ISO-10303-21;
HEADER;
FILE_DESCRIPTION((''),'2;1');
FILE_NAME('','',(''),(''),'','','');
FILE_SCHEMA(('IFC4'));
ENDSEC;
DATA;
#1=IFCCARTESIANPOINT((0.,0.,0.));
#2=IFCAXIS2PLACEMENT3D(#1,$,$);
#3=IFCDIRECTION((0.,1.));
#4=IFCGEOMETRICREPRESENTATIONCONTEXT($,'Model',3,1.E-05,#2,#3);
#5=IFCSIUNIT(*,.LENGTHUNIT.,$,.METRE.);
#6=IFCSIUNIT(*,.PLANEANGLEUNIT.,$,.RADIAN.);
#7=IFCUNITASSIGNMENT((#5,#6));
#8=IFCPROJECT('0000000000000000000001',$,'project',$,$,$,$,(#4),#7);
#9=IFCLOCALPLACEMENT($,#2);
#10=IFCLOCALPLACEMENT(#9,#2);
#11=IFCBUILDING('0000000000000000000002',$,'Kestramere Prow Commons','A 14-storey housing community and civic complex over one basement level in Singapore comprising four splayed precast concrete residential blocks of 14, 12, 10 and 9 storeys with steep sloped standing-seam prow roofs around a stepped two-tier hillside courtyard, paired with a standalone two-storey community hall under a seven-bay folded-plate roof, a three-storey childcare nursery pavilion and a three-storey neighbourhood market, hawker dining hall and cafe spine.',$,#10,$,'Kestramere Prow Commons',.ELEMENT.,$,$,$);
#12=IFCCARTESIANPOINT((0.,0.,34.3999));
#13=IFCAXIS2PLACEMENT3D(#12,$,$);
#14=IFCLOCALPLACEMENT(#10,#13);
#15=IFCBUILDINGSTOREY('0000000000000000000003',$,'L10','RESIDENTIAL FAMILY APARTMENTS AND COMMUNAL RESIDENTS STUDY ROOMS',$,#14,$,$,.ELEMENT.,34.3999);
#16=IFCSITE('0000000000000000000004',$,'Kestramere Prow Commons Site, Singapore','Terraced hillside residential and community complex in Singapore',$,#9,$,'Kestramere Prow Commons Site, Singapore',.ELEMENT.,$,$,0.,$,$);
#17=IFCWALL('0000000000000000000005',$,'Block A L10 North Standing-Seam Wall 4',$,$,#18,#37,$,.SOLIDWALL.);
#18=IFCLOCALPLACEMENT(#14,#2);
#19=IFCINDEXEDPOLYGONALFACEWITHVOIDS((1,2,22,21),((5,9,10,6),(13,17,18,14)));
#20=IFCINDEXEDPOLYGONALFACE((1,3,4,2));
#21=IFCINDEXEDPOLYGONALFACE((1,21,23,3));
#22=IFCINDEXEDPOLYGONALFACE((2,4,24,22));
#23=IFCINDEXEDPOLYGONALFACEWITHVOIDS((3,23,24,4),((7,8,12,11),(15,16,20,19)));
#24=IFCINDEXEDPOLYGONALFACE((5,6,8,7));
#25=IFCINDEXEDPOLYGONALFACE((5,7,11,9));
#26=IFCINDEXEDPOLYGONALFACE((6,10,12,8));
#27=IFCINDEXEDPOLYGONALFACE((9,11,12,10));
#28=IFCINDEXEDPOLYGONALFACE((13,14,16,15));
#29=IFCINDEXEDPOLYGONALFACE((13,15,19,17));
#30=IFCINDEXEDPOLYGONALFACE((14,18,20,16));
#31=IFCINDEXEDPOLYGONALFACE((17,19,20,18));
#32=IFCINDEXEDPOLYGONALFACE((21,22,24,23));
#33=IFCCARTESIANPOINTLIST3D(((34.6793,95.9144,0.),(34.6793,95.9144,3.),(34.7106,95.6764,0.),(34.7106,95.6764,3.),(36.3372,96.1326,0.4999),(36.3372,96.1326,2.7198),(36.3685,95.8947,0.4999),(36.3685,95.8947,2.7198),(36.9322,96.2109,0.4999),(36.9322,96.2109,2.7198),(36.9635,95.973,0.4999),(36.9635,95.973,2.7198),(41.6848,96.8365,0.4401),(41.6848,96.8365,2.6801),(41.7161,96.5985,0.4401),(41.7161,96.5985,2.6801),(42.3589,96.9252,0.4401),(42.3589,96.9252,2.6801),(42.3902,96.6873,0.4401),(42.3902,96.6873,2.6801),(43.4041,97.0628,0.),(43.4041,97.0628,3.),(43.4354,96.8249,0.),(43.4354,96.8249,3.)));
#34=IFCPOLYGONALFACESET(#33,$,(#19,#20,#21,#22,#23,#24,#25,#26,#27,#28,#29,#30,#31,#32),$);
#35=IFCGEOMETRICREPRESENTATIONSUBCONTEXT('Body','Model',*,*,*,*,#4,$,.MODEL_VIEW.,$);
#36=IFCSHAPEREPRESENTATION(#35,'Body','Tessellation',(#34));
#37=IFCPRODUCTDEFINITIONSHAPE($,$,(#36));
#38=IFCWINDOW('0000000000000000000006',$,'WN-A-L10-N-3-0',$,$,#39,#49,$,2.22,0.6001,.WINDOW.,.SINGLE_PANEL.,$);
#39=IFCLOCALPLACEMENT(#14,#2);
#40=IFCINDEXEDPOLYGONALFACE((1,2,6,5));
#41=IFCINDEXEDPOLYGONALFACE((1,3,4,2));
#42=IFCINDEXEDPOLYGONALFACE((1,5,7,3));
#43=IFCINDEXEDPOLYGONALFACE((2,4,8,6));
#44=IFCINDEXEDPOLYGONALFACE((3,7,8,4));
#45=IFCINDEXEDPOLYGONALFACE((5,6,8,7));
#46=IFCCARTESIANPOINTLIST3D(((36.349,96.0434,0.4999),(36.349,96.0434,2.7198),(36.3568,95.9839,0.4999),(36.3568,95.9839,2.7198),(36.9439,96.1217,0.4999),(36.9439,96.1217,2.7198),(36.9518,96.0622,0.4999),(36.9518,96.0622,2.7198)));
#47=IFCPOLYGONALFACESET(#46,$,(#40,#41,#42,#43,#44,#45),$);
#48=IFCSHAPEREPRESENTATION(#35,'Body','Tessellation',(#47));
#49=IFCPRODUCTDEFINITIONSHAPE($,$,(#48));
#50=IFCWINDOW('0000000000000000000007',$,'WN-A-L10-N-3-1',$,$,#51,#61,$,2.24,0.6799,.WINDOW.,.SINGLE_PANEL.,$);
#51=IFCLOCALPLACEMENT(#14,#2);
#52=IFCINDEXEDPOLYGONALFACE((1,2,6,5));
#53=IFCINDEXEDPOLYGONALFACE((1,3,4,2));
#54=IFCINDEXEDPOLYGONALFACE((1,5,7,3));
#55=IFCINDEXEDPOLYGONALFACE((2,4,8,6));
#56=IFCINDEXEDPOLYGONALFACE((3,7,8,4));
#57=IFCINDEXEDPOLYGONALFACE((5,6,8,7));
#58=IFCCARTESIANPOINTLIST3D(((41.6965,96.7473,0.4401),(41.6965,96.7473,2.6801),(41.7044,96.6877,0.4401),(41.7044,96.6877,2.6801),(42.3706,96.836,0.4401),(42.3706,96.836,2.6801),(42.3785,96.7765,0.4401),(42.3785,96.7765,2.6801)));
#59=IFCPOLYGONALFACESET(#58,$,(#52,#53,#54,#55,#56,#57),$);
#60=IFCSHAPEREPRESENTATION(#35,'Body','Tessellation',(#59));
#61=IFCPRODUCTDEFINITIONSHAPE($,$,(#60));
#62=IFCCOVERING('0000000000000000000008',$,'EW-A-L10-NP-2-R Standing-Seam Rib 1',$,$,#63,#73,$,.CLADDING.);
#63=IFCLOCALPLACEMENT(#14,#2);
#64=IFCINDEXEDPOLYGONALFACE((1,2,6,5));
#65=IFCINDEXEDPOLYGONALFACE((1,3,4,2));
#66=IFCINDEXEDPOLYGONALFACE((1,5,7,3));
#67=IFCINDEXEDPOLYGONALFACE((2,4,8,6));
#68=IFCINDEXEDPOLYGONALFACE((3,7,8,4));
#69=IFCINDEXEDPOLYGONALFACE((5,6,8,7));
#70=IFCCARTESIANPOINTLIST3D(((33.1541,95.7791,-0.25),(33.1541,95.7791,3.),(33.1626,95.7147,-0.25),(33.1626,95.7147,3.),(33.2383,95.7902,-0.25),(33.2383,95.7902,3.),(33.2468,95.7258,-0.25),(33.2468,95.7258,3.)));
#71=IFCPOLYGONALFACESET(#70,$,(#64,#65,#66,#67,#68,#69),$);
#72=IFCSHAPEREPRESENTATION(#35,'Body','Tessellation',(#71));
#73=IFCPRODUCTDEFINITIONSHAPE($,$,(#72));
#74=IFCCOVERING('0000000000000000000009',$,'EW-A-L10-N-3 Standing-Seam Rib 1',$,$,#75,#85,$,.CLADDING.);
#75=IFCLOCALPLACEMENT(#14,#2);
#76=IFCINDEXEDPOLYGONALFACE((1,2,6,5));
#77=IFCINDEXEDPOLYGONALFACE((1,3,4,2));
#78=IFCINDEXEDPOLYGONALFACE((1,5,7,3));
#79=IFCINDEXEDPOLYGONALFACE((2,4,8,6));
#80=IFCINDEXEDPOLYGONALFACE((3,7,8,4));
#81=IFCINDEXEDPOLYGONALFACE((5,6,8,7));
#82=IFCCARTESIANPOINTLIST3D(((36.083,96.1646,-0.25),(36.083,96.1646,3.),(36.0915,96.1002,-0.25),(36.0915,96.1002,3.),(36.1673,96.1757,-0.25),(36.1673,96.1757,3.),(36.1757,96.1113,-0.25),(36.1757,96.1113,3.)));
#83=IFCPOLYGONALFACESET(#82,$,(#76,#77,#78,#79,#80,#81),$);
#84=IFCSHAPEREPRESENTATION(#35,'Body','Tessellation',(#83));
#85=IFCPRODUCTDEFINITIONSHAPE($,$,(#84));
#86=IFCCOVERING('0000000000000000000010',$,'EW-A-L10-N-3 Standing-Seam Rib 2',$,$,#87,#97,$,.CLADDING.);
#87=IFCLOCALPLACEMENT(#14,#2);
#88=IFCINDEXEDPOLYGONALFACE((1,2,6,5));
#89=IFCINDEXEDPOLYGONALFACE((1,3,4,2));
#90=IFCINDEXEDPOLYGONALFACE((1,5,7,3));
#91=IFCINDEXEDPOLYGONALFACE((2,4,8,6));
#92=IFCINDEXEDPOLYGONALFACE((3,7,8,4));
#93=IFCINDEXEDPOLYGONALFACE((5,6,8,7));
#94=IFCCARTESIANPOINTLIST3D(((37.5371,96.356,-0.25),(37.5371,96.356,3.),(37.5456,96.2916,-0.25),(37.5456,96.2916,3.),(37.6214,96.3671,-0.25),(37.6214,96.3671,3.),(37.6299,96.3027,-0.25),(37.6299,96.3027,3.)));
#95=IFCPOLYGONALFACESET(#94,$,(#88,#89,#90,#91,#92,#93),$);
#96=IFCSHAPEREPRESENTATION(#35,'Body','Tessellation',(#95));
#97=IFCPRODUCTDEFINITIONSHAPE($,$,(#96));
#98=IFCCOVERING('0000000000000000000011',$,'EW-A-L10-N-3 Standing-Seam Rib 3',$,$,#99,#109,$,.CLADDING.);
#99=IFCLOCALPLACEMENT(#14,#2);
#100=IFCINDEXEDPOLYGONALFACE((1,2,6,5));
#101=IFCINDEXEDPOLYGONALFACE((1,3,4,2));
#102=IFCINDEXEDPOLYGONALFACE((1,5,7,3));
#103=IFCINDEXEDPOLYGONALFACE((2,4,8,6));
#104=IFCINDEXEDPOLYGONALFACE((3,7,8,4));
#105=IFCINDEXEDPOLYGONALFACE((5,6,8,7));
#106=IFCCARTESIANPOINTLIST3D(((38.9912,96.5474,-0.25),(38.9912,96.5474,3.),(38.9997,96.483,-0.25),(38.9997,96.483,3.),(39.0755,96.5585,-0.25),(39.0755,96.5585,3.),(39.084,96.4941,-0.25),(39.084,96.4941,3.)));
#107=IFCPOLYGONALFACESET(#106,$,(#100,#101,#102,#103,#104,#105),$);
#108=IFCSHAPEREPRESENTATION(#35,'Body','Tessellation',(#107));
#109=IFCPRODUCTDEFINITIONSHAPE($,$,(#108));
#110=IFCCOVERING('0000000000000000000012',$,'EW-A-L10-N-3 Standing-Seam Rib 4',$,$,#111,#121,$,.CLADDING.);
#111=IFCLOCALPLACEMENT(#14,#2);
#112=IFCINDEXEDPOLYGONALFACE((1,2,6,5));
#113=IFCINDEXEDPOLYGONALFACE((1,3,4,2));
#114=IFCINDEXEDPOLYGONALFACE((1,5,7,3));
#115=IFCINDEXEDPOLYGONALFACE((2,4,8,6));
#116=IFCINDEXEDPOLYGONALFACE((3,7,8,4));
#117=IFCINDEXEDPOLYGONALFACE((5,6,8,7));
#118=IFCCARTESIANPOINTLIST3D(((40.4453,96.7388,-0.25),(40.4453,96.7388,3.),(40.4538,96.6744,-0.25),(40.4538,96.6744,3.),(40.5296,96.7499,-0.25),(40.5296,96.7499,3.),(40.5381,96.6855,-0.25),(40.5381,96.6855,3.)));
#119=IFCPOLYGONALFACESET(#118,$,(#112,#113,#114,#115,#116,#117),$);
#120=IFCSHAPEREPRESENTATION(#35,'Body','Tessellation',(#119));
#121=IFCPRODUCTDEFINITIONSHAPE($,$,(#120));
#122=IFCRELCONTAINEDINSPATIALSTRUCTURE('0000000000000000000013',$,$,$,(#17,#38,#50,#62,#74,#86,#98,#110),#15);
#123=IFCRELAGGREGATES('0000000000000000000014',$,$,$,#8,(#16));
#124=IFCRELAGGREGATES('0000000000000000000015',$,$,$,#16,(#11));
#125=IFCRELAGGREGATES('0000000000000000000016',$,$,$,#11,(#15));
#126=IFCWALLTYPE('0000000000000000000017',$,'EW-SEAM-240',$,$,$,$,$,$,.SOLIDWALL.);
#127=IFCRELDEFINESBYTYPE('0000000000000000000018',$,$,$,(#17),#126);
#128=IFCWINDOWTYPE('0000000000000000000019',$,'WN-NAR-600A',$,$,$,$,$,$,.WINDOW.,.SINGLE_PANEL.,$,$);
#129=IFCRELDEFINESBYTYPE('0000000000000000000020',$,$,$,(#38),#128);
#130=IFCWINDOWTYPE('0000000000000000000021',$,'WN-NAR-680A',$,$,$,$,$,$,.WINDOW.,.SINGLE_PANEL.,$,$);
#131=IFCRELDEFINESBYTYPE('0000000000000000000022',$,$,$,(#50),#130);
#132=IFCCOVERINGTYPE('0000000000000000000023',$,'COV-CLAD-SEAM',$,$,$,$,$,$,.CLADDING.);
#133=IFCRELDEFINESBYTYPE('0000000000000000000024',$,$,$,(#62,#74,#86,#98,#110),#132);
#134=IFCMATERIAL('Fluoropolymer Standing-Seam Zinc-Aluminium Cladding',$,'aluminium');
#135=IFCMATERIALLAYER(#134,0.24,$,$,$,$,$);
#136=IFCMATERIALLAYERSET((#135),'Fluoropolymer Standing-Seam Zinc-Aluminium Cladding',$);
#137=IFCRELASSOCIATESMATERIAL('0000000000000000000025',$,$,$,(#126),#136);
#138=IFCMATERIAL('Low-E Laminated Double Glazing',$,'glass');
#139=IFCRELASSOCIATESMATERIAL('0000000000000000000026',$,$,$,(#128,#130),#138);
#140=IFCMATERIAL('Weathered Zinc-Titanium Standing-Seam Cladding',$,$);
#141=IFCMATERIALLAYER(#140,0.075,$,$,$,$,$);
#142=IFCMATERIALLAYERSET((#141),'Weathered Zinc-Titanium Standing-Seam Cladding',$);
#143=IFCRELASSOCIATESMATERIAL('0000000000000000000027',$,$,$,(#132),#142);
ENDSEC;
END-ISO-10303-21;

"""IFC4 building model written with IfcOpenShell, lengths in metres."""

from ifc_helpers import new_model, si_unit, direction, frame, frame_2d, origin, origin_2d, place, context, subcontext, project, spatial, rectangle, extrude, material, layer, layer_set, type_object, element, fill, save


model = new_model("IFC4")

# Units and contexts
model_context = context("Model", 3, precision=1e-05, world=origin(), true_north=direction((0.0, 1.0)))
body_context = subcontext(model_context, "Body", "Model", "MODEL_VIEW")
ifc_project = project(units=[si_unit("LENGTHUNIT", "METRE"), si_unit("PLANEANGLEUNIT", "RADIAN")], contexts=[model_context])

# Site, building, storey
site_placement = place(None, origin())
site = spatial("IfcSite", under=ifc_project, at=site_placement, Name="Kestramere Prow Commons Site, Singapore", Description="Terraced hillside residential and community complex in Singapore", LongName="Kestramere Prow Commons Site, Singapore", CompositionType="ELEMENT", RefElevation=0.0)
building_placement = place(site_placement, origin())
building = spatial("IfcBuilding", under=site, at=building_placement, Name="Kestramere Prow Commons", Description="A 14-storey housing community and civic complex over one basement level in Singapore comprising four splayed precast concrete residential blocks of 14, 12, 10 and 9 storeys with steep sloped standing-seam prow roofs around a stepped two-tier hillside courtyard, paired with a standalone two-storey community hall under a seven-bay folded-plate roof, a three-storey childcare nursery pavilion and a three-storey neighbourhood market, hawker dining hall and cafe spine.", LongName="Kestramere Prow Commons", CompositionType="ELEMENT")
storey_placement = place(building_placement, frame((0.0, 0.0, 34.3999)))
storey = spatial("IfcBuildingStorey", under=building, at=storey_placement, Name="L10", Description="RESIDENTIAL FAMILY APARTMENTS AND COMMUNAL RESIDENTS STUDY ROOMS", CompositionType="ELEMENT", Elevation=34.3999)

# Shared definitions
ifc_material_1 = material(Name="Low-E Laminated Double Glazing", Category="glass")

# Shared definitions
ifc_material_2 = material(Name="Fluoropolymer Standing-Seam Zinc-Aluminium Cladding", Category="aluminium")
ifc_layer_1 = layer(ifc_material_2, 0.24)
ifc_layer_set_1 = layer_set([ifc_layer_1], Name="Fluoropolymer Standing-Seam Zinc-Aluminium Cladding")
wall_type = type_object("IfcWallType", Name="EW-SEAM-240", PredefinedType="SOLIDWALL", material=ifc_layer_set_1)

# Wall, openings, windows
wall_1_placement = place(storey_placement, frame((34.6951, 95.7954, 0.0), z_axis=(0.0, 0.0, 1.0), x_axis=(0.991448, 0.130503, 0.0)))
wall_1 = element("IfcWall", 1, at=wall_1_placement, inside=storey, type_object=wall_type, Name="Block A L10 North Standing-Seam Wall 4", PredefinedType="SOLIDWALL", context=body_context, shape_type="SweptSolid", body=[
    extrude(rectangle(XDim=8.8, YDim=0.24, at=frame_2d((4.3999, 0.0))), origin(), (0.0, 0.0, 1.0), 3.0),
])
opening_1_placement = place(wall_1_placement, frame((1.6721, 0.0, 0.5)))
opening_1 = element("IfcOpeningElement", 2, at=opening_1_placement, cuts=wall_1, PredefinedType="OPENING", context=body_context, shape_type="SweptSolid", body=[
    extrude(rectangle(XDim=0.6001, YDim=2.22, at=frame_2d((0.3, 1.1099))), frame((0.0, 0.135, 0.0), z_axis=(0.0, -1.0, 0.0), x_axis=(1.0, 0.0, 0.0)), (0.0, 0.0, 1.0), 0.27),
])
opening_2_placement = place(wall_1_placement, frame((7.0659, 0.0, 0.4399)))
opening_2 = element("IfcOpeningElement", 3, at=opening_2_placement, cuts=wall_1, PredefinedType="OPENING", context=body_context, shape_type="SweptSolid", body=[
    extrude(rectangle(XDim=0.6799, YDim=2.24, at=frame_2d((0.3398, 1.1201))), frame((0.0, 0.135, 0.0), z_axis=(0.0, -1.0, 0.0), x_axis=(1.0, 0.0, 0.0)), (0.0, 0.0, 1.0), 0.27),
])
window_type_1 = type_object("IfcWindowType", Name="WN-NAR-600A", PartitioningType="SINGLE_PANEL", PredefinedType="WINDOW", material=ifc_material_1)
window_1_placement = place(opening_1_placement, origin())
window_1 = element("IfcWindow", 4, at=window_1_placement, inside=storey, type_object=window_type_1, Name="WN-A-L10-N-3-0", OverallHeight=2.22, OverallWidth=0.6001, PartitioningType="SINGLE_PANEL", PredefinedType="WINDOW", context=body_context, shape_type="SweptSolid", body=[
    extrude(rectangle(XDim=0.6001, YDim=2.22, at=frame_2d((0.3, 1.1099))), frame((0.0, 0.03, 0.0), z_axis=(0.0, -1.0, 0.0), x_axis=(1.0, 0.0, 0.0)), (0.0, 0.0, 1.0), 0.0601),
])
fill(opening_1, window_1)
window_type_2 = type_object("IfcWindowType", Name="WN-NAR-680A", PartitioningType="SINGLE_PANEL", PredefinedType="WINDOW", material=ifc_material_1)
window_2_placement = place(opening_2_placement, origin())
window_2 = element("IfcWindow", 5, at=window_2_placement, inside=storey, type_object=window_type_2, Name="WN-A-L10-N-3-1", OverallHeight=2.24, OverallWidth=0.6799, PartitioningType="SINGLE_PANEL", PredefinedType="WINDOW", context=body_context, shape_type="SweptSolid", body=[
    extrude(rectangle(XDim=0.6799, YDim=2.24, at=frame_2d((0.3398, 1.1201))), frame((0.0, 0.03, 0.0), z_axis=(0.0, -1.0, 0.0), x_axis=(1.0, 0.0, 0.0)), (0.0, 0.0, 1.0), 0.0601),
])
fill(opening_2, window_2)

# Coverings
ifc_material_3 = material(Name="Weathered Zinc-Titanium Standing-Seam Cladding")
ifc_layer_2 = layer(ifc_material_3, 0.075)
ifc_layer_set_2 = layer_set([ifc_layer_2], Name="Weathered Zinc-Titanium Standing-Seam Cladding")
covering_type = type_object("IfcCoveringType", Name="COV-CLAD-SEAM", PredefinedType="CLADDING", material=ifc_layer_set_2)
for number, where, z_axis, x_axis, name in (
    (6, (33.2004, 95.7524, -0.25), (0.0, 0.0, 1.0), (0.991445, 0.130526, 0.0), "EW-A-L10-NP-2-R Standing-Seam Rib 1"),
    (7, (36.1294, 96.1379, -0.25), (0.0, 0.0, 1.0), (0.991445, 0.130526, 0.0), "EW-A-L10-N-3 Standing-Seam Rib 1"),
    (8, (37.5835, 96.3293, -0.25), (0.0, 0.0, 1.0), (0.991445, 0.130526, 0.0), "EW-A-L10-N-3 Standing-Seam Rib 2"),
    (9, (39.0376, 96.5208, -0.25), (0.0, 0.0, 1.0), (0.991445, 0.130526, 0.0), "EW-A-L10-N-3 Standing-Seam Rib 3"),
    (10, (40.4917, 96.7122, -0.25), (0.0, 0.0, 1.0), (0.991445, 0.130526, 0.0), "EW-A-L10-N-3 Standing-Seam Rib 4"),
):
    element("IfcCovering", number, at=place(storey_placement, frame(where, z_axis=z_axis, x_axis=x_axis)), inside=storey, type_object=covering_type, Name=name, PredefinedType="CLADDING", context=body_context, shape_type="SweptSolid", body=[
        extrude(rectangle(XDim=0.085, YDim=0.0649, at=origin_2d()), origin(), (0.0, 0.0, 1.0), 3.25),
    ])

save(model, "model.ifc")
